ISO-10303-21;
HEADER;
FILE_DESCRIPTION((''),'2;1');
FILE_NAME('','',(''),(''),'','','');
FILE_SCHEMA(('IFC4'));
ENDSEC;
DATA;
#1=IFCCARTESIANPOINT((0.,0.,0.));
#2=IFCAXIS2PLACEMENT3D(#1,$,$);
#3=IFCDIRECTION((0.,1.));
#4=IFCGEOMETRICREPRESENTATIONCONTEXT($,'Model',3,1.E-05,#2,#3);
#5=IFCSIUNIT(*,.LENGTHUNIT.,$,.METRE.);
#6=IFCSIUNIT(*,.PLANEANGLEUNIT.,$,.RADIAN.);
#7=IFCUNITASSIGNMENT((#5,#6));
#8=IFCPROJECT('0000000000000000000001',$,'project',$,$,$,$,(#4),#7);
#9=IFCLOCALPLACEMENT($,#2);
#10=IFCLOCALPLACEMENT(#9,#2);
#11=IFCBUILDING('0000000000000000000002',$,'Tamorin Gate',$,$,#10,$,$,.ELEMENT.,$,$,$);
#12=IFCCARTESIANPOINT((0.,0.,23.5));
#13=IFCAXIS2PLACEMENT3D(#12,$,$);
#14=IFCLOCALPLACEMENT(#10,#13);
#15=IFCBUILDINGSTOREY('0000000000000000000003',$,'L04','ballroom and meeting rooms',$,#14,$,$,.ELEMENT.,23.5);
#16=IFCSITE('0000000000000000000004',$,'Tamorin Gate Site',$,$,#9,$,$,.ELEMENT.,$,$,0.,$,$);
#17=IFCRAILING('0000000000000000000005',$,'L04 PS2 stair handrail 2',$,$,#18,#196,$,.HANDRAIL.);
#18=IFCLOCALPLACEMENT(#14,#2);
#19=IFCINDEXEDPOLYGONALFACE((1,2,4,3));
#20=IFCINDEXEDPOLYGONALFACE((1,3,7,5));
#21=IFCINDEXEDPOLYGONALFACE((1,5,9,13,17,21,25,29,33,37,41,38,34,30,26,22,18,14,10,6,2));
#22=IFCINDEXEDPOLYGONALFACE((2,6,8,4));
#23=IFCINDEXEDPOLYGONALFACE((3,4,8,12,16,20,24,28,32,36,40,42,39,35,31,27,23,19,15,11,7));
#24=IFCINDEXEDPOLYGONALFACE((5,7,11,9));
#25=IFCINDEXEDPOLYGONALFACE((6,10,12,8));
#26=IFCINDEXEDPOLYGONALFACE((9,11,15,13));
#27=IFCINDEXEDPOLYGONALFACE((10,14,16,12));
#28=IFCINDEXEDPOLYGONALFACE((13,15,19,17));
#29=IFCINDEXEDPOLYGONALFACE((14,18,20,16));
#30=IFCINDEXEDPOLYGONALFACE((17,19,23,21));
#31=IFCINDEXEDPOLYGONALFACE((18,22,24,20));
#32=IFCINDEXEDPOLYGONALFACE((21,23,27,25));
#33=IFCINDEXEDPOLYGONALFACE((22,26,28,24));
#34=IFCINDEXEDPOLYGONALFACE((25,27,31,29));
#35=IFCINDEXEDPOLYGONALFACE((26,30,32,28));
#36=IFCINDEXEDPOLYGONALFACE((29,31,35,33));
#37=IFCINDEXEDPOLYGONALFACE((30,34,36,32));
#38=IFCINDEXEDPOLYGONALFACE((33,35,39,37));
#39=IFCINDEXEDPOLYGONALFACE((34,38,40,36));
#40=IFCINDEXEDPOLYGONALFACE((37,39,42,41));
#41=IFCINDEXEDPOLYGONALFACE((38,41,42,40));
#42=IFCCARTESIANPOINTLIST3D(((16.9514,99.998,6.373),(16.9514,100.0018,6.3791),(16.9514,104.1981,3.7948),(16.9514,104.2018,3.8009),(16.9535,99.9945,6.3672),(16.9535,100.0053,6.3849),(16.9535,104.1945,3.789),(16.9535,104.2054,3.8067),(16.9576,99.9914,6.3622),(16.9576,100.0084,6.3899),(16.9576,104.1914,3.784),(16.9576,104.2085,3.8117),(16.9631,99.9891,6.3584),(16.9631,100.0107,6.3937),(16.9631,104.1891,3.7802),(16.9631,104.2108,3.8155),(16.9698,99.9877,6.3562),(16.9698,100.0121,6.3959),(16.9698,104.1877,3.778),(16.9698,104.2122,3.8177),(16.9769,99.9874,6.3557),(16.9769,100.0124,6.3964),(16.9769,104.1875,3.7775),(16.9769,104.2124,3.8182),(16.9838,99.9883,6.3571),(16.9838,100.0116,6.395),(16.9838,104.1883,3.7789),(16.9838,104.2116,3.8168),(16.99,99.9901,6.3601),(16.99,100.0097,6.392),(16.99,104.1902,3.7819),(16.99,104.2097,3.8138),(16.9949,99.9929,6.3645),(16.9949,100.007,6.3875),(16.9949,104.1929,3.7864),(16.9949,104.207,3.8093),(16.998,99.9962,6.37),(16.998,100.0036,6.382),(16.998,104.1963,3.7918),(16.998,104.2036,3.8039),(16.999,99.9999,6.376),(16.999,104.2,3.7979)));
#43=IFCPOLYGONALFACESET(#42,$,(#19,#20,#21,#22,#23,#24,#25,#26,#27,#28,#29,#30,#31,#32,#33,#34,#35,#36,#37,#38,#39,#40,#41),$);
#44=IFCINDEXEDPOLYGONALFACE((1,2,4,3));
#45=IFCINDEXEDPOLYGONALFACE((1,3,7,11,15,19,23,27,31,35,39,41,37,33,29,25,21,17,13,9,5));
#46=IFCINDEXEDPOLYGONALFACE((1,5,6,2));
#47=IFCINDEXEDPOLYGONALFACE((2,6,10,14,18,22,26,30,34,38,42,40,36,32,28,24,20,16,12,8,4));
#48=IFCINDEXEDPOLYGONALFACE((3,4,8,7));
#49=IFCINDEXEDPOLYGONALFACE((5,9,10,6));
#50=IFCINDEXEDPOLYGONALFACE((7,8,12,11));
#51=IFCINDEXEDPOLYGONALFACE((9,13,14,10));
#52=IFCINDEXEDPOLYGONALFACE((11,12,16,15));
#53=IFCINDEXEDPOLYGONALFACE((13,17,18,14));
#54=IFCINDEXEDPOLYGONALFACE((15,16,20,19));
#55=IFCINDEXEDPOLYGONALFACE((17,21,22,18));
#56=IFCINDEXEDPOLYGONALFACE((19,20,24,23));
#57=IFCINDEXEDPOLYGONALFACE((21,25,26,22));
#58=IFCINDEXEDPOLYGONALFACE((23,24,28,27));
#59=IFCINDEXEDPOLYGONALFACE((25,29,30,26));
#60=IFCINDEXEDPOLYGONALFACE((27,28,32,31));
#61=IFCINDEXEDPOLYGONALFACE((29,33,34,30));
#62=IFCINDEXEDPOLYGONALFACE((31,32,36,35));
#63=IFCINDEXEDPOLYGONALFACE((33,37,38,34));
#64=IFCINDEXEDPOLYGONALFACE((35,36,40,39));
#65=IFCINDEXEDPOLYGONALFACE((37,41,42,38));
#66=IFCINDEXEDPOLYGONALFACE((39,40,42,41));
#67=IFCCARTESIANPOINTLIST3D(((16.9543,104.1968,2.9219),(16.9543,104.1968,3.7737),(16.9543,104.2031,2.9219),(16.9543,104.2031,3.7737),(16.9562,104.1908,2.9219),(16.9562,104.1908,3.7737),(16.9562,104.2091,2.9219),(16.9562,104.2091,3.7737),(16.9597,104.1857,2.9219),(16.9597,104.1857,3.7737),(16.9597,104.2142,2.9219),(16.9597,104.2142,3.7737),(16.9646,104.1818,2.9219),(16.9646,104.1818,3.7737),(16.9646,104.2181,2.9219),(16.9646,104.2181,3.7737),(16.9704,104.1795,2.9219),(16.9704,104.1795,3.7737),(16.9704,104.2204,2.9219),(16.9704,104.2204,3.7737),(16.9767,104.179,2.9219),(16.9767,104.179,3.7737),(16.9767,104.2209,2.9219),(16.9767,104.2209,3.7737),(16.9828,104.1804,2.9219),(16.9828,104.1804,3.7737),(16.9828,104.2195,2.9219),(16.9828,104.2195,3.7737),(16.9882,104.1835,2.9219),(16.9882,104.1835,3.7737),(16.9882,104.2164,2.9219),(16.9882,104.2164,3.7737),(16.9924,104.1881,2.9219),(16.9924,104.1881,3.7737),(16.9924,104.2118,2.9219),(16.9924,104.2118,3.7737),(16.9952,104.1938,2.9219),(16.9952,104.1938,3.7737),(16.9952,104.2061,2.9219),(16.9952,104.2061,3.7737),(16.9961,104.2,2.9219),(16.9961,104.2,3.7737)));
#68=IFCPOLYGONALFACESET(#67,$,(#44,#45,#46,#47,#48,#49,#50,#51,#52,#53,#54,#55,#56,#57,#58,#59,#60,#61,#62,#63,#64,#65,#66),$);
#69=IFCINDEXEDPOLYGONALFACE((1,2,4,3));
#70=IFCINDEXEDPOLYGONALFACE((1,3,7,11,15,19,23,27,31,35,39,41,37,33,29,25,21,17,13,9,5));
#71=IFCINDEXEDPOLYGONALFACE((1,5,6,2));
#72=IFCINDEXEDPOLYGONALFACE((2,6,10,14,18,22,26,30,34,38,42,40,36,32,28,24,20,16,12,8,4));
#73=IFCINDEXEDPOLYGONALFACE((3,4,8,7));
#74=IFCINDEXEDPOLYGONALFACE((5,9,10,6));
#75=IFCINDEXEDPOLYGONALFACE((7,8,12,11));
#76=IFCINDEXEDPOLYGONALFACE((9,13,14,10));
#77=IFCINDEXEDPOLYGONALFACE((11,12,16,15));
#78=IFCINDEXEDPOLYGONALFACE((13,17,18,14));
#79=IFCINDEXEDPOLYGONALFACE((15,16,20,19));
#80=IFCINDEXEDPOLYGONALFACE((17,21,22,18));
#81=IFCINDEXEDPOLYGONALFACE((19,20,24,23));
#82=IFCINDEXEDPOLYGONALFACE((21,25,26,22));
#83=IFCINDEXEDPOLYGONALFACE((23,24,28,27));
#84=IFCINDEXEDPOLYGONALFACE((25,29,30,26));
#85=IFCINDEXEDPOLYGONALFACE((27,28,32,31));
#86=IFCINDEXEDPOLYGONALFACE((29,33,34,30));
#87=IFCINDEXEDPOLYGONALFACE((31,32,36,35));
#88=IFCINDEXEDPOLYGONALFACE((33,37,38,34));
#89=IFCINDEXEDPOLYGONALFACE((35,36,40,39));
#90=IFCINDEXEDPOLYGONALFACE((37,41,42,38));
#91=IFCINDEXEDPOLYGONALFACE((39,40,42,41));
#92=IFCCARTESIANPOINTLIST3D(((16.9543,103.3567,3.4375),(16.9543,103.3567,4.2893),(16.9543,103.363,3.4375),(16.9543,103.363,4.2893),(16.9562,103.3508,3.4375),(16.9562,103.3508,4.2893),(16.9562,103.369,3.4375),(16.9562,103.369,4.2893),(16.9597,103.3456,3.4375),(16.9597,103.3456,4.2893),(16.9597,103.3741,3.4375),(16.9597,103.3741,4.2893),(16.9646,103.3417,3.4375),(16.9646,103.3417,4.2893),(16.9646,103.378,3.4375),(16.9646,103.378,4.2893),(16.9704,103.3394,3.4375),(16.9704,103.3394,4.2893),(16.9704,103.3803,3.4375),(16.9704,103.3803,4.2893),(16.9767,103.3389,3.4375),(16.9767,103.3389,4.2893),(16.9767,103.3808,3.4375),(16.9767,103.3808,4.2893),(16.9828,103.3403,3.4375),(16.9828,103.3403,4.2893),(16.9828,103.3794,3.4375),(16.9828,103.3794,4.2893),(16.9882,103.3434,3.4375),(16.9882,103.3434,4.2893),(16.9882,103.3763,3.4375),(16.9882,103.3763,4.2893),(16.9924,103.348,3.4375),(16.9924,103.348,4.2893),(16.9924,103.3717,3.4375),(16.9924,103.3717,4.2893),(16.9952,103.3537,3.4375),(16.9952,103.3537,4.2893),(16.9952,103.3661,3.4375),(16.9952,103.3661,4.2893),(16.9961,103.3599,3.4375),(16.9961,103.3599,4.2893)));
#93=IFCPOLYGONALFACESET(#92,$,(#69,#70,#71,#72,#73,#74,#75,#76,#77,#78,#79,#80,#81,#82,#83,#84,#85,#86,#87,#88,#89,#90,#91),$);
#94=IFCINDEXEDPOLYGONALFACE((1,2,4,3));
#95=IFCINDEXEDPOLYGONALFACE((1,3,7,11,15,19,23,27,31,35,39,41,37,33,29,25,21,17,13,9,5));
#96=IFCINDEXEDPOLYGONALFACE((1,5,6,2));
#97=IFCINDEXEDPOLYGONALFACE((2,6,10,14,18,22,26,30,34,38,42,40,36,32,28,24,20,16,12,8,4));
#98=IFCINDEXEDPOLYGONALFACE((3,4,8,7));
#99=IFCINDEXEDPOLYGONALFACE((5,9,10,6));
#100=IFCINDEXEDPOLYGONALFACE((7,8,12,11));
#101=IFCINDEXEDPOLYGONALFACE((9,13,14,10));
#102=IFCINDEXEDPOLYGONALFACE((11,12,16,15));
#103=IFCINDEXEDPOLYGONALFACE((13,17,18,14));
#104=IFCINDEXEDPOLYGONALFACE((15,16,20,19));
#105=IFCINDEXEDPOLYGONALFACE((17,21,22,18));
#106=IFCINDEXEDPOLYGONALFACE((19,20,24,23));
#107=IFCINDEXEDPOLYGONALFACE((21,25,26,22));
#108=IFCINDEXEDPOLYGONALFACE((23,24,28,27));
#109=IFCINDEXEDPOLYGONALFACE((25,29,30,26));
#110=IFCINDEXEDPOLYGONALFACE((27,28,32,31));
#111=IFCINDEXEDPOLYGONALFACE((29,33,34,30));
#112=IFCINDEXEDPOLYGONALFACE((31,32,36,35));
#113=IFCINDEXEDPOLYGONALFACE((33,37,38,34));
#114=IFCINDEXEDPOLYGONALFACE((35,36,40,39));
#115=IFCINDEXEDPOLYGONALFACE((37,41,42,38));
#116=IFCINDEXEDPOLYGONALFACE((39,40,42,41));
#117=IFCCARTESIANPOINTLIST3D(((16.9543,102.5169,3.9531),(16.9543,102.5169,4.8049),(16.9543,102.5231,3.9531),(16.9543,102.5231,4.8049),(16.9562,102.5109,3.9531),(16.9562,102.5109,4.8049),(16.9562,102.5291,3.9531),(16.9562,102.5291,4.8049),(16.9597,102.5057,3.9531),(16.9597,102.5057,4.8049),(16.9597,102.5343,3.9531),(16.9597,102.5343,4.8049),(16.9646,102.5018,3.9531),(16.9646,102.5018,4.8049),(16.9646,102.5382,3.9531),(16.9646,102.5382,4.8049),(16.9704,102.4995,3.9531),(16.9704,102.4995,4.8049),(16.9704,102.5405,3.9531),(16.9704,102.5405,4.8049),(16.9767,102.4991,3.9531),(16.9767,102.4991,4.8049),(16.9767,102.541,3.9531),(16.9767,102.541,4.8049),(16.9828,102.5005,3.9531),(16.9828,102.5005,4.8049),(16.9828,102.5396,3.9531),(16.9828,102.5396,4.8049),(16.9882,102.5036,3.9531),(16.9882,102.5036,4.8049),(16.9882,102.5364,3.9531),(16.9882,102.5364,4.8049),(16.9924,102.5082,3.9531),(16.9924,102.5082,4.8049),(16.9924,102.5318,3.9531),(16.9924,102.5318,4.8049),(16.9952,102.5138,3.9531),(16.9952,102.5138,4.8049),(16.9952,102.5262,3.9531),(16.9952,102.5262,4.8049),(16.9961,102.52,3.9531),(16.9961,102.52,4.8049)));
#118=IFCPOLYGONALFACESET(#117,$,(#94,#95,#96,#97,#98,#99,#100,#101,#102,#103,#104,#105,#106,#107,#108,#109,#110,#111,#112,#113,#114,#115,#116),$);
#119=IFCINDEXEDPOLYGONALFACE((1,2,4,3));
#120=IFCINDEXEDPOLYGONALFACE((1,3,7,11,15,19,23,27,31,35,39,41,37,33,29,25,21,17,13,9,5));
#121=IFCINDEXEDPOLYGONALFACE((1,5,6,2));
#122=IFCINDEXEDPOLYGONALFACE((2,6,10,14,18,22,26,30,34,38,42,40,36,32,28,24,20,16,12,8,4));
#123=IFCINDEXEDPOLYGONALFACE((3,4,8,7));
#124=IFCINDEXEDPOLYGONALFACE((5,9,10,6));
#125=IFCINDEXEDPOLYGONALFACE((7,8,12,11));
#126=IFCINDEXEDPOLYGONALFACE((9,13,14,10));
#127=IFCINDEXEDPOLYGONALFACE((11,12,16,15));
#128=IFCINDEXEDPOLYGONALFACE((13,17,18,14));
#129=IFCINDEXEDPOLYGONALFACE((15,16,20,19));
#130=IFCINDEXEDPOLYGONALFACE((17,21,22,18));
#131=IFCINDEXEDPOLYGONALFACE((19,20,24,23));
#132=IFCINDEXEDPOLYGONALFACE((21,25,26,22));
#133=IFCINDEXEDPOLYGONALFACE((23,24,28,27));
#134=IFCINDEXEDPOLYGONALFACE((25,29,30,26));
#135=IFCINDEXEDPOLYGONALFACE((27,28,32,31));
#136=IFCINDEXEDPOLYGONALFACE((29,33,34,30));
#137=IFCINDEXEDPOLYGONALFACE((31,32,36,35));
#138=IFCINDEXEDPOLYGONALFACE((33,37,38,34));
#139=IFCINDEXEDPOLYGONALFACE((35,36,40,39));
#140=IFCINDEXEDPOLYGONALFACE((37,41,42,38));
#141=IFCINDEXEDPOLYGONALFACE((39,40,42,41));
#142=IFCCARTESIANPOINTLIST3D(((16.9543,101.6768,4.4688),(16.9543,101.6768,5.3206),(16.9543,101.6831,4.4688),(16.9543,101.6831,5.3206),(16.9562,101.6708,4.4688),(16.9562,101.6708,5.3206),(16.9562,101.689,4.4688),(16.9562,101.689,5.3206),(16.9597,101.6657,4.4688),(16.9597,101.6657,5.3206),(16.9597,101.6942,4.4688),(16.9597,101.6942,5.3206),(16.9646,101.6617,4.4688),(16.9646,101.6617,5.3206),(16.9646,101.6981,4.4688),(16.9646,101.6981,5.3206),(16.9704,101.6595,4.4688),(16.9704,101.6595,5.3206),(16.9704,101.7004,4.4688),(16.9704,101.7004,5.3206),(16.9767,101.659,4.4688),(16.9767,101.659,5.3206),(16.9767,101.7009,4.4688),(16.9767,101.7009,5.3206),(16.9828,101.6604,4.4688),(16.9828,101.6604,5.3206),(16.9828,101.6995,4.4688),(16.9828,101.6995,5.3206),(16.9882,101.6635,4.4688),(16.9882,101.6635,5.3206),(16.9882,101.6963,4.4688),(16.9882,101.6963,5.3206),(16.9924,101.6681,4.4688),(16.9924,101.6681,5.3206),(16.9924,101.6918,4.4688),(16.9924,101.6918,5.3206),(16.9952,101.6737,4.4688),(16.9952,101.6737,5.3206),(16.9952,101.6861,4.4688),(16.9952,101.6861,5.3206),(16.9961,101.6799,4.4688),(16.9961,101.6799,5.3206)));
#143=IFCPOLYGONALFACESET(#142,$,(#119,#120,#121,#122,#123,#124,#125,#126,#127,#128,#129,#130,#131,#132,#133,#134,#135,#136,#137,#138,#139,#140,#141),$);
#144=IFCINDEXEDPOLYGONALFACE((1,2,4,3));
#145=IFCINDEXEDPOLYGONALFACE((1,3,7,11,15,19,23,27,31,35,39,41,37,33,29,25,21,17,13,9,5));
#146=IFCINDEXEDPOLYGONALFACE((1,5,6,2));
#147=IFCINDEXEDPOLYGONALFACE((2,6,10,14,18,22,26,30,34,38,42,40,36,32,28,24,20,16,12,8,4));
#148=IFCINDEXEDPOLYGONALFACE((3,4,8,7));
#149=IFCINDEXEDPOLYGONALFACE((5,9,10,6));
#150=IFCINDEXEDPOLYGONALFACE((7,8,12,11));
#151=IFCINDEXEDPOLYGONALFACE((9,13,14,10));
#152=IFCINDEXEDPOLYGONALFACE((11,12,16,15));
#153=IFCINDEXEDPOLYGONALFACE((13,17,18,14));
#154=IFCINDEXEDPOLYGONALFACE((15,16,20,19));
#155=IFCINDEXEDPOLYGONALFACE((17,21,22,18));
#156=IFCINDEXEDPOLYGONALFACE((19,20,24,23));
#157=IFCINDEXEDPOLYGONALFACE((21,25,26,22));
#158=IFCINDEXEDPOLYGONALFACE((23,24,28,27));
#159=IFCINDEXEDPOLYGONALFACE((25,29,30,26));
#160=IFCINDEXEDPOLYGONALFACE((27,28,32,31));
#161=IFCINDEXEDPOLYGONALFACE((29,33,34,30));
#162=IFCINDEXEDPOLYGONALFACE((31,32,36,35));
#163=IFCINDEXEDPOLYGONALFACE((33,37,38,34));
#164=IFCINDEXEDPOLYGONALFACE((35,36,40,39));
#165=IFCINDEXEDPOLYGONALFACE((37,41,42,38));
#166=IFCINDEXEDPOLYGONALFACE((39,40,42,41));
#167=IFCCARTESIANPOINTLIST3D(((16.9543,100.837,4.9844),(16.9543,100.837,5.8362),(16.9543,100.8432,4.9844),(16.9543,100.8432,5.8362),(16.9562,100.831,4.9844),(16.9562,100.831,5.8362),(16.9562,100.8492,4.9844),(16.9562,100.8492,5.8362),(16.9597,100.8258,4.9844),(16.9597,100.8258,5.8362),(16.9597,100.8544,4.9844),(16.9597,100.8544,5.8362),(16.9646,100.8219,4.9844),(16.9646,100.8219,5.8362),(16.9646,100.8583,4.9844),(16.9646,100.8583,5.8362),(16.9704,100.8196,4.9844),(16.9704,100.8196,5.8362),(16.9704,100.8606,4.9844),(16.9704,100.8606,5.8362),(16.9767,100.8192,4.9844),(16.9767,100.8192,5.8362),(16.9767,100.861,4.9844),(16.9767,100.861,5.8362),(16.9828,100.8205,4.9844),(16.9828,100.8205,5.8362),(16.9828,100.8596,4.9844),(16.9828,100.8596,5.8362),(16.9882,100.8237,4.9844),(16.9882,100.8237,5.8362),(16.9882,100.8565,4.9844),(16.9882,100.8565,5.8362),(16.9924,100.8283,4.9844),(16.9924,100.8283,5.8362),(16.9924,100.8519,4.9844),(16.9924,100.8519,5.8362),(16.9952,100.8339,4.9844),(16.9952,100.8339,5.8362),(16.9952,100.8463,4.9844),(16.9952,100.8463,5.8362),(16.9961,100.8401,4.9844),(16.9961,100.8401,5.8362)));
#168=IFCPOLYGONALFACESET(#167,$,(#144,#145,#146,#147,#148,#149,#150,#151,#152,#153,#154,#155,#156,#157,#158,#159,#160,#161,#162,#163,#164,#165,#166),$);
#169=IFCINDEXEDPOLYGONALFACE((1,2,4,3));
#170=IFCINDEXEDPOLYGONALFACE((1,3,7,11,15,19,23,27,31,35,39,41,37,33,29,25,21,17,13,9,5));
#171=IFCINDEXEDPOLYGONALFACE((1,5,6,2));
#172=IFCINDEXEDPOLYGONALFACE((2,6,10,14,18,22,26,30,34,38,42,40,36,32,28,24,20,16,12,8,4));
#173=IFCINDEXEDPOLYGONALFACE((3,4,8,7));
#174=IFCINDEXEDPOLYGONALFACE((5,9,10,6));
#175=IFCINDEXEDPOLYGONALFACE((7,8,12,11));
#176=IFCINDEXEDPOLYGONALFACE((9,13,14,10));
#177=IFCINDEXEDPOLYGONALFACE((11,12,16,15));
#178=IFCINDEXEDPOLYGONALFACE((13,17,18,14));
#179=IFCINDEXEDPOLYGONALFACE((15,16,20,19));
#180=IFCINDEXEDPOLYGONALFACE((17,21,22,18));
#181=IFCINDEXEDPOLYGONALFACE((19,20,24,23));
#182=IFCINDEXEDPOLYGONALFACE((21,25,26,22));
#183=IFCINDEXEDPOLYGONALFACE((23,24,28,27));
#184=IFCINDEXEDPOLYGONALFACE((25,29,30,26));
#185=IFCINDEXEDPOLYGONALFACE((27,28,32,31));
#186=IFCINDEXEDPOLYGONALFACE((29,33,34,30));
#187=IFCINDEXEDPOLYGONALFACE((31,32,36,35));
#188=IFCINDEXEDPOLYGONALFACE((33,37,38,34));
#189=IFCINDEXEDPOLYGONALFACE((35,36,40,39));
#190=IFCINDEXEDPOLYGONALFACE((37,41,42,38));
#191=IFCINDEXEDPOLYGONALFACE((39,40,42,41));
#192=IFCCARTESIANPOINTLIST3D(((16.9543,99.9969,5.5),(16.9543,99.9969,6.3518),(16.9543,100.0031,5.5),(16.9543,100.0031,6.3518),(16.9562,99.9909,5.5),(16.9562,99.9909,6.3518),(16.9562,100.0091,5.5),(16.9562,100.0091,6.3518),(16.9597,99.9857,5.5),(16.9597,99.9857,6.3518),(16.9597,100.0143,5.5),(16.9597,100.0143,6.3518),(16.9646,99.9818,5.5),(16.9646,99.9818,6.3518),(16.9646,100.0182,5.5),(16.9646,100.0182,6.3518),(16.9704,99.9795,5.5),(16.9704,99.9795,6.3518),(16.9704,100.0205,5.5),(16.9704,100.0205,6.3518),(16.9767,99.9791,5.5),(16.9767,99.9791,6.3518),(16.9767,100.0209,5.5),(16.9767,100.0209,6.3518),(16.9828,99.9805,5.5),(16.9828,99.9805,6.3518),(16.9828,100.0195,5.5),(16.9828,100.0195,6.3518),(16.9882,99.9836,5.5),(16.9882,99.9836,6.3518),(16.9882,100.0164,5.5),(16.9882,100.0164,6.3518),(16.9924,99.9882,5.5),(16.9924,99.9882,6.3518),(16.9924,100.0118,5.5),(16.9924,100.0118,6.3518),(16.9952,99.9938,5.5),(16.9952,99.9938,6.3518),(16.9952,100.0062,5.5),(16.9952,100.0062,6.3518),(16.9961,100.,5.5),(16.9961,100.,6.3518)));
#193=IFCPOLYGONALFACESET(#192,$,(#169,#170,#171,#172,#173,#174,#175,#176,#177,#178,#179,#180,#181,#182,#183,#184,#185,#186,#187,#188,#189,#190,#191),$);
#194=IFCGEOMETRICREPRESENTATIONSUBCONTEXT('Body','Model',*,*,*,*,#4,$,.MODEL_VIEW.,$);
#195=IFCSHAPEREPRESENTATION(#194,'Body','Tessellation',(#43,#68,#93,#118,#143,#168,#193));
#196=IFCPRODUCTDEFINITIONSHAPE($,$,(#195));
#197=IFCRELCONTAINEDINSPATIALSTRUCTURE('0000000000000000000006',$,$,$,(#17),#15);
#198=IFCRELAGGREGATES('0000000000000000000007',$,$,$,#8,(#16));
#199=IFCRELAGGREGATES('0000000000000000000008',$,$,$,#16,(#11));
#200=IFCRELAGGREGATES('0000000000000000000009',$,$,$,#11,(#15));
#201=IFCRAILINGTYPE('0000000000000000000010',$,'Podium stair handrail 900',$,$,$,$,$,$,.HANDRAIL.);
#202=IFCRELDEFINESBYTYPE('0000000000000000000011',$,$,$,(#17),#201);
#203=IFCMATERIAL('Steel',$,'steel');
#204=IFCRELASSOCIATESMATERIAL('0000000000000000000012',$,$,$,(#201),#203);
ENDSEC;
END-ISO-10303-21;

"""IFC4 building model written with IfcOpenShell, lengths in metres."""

from ifc_helpers import new_model, si_unit, direction, frame, origin, origin_2d, place, context, subcontext, project, spatial, circle, extrude, material, type_object, element, save


model = new_model("IFC4")

# Units and contexts
model_context = context("Model", 3, precision=1e-05, world=origin(), true_north=direction((0.0, 1.0)))
body_context = subcontext(model_context, "Body", "Model", "MODEL_VIEW")
ifc_project = project(units=[si_unit("LENGTHUNIT", "METRE"), si_unit("PLANEANGLEUNIT", "RADIAN")], contexts=[model_context])

# Site, building, storey
site_placement = place(None, origin())
site = spatial("IfcSite", under=ifc_project, at=site_placement, Name="Tamorin Gate Site", CompositionType="ELEMENT", RefElevation=0.0)
building_placement = place(site_placement, origin())
building = spatial("IfcBuilding", under=site, at=building_placement, Name="Tamorin Gate", CompositionType="ELEMENT")
storey_placement = place(building_placement, frame((0.0, 0.0, 23.5)))
storey = spatial("IfcBuildingStorey", under=building, at=storey_placement, Name="L04", Description="ballroom and meeting rooms", CompositionType="ELEMENT", Elevation=23.5)

# Railing
ifc_material_1 = material(Name="Steel", Category="steel")
railing_type_1 = type_object("IfcRailingType", Name="Podium stair handrail 900", PredefinedType="HANDRAIL", material=ifc_material_1)
railing_1_placement = place(storey_placement, frame((16.9751, 104.2, 2.9219)))
element("IfcRailing", 1, at=railing_1_placement, inside=storey, type_object=railing_type_1, Name="L04 PS2 stair handrail 2", PredefinedType="HANDRAIL", context=body_context, shape_type="SweptSolid", body=[
    extrude(circle(Radius=0.0239, at=origin_2d()), frame((0.0, 0.0, 0.876), z_axis=(0.0, -0.852243, 0.523146), x_axis=(1.0, 0.0, 0.0)), (0.0, 0.0, 1.0), 4.9282),
    extrude(circle(Radius=0.021, at=origin_2d()), origin(), (0.0, 0.0, 1.0), 0.8518),
    extrude(circle(Radius=0.021, at=origin_2d()), frame((0.0, -0.8401, 0.5156)), (0.0, 0.0, 1.0), 0.8518),
    extrude(circle(Radius=0.021, at=origin_2d()), frame((0.0, -1.6799, 1.0312)), (0.0, 0.0, 1.0), 0.8518),
    extrude(circle(Radius=0.021, at=origin_2d()), frame((0.0, -2.52, 1.5469)), (0.0, 0.0, 1.0), 0.8518),
    extrude(circle(Radius=0.021, at=origin_2d()), frame((0.0, -3.3599, 2.0625)), (0.0, 0.0, 1.0), 0.8518),
    extrude(circle(Radius=0.021, at=origin_2d()), frame((0.0, -4.2, 2.5781)), (0.0, 0.0, 1.0), 0.8518),
])

save(model, "model.ifc")
